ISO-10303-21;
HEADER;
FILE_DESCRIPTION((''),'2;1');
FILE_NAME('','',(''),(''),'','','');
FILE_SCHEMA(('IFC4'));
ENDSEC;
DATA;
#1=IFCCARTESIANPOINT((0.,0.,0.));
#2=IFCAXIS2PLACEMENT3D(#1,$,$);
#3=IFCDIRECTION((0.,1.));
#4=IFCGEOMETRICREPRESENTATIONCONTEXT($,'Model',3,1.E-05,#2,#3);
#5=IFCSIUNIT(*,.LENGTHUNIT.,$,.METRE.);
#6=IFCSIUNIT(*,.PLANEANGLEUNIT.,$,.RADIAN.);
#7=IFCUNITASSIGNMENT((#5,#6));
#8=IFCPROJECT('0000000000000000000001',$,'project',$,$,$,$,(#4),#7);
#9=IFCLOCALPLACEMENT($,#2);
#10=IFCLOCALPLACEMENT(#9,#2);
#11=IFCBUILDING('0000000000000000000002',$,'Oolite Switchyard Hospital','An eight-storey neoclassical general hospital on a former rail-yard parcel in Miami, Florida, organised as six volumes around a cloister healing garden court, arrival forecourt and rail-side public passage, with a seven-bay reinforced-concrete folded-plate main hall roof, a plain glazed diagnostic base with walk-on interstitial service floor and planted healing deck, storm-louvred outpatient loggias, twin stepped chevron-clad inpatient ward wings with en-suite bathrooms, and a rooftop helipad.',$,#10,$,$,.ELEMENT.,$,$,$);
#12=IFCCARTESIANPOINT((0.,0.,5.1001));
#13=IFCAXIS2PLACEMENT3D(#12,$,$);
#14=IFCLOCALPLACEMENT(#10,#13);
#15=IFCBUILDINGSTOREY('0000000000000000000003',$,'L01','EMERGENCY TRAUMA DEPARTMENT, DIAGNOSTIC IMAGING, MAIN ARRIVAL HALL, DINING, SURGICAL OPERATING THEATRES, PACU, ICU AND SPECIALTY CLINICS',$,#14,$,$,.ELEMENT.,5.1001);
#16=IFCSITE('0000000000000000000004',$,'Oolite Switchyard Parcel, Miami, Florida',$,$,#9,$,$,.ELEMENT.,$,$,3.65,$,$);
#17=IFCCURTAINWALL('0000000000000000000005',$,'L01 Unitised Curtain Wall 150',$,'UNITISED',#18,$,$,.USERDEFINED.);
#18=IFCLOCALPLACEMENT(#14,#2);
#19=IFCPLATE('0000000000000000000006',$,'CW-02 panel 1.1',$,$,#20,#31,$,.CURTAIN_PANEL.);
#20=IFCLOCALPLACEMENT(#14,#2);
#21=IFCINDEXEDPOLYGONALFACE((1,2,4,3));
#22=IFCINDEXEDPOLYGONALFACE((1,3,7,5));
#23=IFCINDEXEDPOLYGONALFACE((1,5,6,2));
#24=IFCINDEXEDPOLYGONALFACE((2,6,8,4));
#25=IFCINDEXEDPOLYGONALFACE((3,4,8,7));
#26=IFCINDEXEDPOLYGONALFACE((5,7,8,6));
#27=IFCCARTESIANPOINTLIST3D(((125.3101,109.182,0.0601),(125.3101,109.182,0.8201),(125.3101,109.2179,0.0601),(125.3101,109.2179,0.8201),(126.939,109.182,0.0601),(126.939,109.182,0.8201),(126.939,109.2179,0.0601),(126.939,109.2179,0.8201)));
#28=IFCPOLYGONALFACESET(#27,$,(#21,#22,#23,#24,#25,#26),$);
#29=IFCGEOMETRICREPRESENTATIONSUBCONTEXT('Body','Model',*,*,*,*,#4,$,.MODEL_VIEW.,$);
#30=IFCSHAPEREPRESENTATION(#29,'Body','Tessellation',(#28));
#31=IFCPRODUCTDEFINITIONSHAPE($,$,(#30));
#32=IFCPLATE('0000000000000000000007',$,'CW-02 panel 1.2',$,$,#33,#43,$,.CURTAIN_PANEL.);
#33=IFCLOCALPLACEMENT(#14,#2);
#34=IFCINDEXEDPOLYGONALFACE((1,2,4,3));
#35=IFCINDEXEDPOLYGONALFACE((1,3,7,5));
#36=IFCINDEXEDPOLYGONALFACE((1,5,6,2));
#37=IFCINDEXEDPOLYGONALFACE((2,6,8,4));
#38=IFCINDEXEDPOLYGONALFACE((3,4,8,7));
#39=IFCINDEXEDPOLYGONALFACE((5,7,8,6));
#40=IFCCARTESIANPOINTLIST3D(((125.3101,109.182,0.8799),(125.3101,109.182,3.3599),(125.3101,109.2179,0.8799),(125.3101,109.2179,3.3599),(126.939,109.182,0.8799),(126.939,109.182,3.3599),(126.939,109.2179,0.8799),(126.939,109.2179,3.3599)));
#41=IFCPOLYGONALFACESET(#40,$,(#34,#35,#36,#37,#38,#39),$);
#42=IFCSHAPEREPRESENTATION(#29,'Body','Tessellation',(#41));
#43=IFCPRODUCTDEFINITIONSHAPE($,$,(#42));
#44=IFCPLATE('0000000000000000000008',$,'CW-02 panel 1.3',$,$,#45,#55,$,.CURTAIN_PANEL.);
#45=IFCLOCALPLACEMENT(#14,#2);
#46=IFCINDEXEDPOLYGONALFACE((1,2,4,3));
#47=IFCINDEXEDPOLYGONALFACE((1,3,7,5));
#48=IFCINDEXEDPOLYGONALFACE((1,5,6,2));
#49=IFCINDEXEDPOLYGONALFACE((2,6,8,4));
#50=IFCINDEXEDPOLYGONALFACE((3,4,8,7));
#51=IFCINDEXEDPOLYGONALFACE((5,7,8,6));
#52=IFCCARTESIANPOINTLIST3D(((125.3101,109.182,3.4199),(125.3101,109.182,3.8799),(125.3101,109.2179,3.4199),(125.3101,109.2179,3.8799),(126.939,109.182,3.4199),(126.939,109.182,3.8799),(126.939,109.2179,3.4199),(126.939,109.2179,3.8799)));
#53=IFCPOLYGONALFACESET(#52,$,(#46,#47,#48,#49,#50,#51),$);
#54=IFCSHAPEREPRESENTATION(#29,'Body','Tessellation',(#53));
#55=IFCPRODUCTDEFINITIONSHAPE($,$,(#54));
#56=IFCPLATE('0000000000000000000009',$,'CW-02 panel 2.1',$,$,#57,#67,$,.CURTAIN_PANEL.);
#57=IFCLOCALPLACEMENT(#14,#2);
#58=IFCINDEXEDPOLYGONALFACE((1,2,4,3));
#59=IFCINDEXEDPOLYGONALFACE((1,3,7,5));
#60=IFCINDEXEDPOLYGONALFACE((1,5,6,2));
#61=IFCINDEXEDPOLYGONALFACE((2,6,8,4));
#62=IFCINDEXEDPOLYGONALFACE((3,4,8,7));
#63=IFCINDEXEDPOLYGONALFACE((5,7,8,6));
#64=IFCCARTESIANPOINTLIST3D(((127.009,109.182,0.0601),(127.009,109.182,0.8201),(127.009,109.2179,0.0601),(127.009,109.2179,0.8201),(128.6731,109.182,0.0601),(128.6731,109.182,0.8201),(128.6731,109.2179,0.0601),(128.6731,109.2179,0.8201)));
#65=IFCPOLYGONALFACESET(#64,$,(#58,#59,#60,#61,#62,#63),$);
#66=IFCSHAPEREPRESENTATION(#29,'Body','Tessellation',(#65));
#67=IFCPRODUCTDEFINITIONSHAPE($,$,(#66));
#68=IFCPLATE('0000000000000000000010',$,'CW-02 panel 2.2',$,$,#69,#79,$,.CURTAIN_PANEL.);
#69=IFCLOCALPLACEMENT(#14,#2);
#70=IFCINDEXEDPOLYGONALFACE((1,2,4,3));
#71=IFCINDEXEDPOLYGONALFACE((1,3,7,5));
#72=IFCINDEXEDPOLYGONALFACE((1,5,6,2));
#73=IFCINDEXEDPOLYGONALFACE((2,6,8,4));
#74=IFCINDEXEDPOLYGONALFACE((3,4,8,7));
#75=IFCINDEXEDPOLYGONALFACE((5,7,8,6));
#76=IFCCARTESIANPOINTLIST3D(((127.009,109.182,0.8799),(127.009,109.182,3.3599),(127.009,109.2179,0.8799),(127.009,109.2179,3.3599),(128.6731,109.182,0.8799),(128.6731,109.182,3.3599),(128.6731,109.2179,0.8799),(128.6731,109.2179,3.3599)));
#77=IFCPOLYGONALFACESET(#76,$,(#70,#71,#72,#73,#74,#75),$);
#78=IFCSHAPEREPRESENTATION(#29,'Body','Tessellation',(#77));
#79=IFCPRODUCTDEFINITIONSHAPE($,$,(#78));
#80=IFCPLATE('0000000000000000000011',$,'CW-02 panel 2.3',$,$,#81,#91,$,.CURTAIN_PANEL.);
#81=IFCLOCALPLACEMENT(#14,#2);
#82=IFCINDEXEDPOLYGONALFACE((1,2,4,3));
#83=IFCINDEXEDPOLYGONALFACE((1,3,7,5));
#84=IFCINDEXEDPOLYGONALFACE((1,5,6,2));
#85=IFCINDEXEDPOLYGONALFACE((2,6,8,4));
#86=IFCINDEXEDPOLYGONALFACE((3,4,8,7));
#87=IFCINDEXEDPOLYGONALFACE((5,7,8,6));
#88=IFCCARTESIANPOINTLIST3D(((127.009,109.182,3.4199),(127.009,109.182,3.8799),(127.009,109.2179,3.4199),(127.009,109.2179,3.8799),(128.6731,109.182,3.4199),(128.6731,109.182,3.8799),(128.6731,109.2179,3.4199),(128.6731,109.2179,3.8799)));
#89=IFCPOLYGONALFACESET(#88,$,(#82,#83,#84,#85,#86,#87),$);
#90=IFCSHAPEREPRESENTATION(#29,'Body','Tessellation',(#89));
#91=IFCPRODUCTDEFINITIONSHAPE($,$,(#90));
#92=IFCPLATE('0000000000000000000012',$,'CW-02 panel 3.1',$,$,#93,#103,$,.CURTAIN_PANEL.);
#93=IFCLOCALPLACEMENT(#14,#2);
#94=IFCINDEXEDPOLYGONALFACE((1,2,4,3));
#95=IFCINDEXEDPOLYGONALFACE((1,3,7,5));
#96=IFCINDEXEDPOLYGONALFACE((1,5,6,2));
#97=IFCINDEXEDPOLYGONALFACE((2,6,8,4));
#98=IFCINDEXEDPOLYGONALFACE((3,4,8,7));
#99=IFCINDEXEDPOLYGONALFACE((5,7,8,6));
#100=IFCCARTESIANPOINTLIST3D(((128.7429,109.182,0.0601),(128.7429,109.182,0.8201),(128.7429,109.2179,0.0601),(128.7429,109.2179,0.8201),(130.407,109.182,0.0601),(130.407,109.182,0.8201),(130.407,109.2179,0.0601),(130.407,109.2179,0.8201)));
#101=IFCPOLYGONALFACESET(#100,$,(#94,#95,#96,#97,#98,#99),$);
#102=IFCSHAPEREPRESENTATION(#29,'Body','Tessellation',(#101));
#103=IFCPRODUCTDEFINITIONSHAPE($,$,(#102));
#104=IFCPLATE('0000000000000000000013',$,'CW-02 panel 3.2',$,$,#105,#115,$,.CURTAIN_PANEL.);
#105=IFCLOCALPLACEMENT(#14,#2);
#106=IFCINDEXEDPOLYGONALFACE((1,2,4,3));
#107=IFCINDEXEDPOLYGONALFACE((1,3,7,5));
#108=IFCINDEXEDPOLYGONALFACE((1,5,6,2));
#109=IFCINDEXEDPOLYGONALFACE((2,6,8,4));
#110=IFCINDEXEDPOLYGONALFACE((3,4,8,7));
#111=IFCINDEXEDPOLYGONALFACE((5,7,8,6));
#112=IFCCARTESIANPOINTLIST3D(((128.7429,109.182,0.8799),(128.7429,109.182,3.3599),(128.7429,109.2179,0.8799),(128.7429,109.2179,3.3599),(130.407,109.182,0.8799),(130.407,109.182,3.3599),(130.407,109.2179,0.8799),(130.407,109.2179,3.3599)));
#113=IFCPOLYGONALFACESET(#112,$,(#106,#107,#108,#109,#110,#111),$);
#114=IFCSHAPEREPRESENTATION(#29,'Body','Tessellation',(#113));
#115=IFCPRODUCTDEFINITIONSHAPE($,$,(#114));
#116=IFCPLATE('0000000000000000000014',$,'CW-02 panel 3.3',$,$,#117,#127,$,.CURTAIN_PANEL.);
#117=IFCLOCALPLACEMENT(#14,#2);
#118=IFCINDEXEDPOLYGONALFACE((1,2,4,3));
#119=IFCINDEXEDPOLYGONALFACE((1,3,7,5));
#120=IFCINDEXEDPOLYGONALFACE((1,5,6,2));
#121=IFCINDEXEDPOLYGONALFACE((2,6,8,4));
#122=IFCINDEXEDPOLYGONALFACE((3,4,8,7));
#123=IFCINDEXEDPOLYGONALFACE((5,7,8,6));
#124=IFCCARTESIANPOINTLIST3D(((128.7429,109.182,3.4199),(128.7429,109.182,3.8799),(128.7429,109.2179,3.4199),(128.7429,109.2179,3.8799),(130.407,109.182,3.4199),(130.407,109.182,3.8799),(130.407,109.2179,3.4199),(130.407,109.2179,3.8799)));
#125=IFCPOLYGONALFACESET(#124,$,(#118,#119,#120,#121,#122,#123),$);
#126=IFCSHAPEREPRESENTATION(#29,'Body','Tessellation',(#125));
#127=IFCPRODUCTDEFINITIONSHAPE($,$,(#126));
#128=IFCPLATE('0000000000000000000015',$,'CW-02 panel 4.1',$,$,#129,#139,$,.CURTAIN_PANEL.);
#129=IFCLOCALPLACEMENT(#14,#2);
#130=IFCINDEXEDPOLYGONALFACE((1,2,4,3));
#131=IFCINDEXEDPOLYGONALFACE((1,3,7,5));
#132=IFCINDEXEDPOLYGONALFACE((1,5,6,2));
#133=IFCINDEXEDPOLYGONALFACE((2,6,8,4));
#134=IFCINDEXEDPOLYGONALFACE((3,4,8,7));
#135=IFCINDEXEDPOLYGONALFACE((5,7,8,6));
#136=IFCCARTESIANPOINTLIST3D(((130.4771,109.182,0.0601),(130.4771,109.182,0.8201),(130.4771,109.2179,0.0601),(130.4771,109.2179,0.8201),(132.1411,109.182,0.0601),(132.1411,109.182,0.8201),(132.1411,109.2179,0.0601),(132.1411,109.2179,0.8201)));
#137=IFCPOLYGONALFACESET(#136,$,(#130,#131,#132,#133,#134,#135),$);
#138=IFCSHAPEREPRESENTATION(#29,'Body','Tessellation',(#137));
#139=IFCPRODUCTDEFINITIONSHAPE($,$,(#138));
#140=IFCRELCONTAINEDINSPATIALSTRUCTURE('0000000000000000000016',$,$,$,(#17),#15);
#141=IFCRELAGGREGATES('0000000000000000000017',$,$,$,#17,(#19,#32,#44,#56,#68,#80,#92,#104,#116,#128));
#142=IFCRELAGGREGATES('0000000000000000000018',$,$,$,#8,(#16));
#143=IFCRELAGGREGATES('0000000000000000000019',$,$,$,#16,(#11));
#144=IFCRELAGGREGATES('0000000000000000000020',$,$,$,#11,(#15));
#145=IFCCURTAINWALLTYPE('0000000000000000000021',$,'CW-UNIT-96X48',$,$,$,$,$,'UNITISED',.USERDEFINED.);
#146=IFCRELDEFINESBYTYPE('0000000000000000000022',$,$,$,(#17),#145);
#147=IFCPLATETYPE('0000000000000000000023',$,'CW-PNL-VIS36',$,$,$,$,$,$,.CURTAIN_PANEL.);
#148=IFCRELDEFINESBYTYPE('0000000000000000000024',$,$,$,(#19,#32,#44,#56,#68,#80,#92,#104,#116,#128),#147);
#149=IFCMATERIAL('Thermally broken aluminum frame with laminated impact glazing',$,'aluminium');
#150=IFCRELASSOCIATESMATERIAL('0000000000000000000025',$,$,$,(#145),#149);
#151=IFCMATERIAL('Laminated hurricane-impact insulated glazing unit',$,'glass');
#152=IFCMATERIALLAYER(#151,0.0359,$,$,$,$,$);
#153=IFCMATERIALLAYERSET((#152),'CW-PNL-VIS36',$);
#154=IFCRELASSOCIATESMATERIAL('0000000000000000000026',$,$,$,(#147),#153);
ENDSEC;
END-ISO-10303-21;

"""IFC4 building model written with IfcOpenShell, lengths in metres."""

from ifc_helpers import new_model, si_unit, direction, frame, origin, origin_2d, place, context, subcontext, project, spatial, rectangle, extrude, material, layer, layer_set, type_object, element, aggregate, save


model = new_model("IFC4")

# Units and contexts
model_context = context("Model", 3, precision=1e-05, world=origin(), true_north=direction((0.0, 1.0)))
body_context = subcontext(model_context, "Body", "Model", "MODEL_VIEW")
ifc_project = project(units=[si_unit("LENGTHUNIT", "METRE"), si_unit("PLANEANGLEUNIT", "RADIAN")], contexts=[model_context])

# Site, building, storey
site_placement = place(None, origin())
site = spatial("IfcSite", under=ifc_project, at=site_placement, Name="Oolite Switchyard Parcel, Miami, Florida", CompositionType="ELEMENT", RefElevation=3.65)
building_placement = place(site_placement, origin())
building = spatial("IfcBuilding", under=site, at=building_placement, Name="Oolite Switchyard Hospital", Description="An eight-storey neoclassical general hospital on a former rail-yard parcel in Miami, Florida, organised as six volumes around a cloister healing garden court, arrival forecourt and rail-side public passage, with a seven-bay reinforced-concrete folded-plate main hall roof, a plain glazed diagnostic base with walk-on interstitial service floor and planted healing deck, storm-louvred outpatient loggias, twin stepped chevron-clad inpatient ward wings with en-suite bathrooms, and a rooftop helipad.", CompositionType="ELEMENT")
storey_placement = place(building_placement, frame((0.0, 0.0, 5.1001)))
storey = spatial("IfcBuildingStorey", under=building, at=storey_placement, Name="L01", Description="EMERGENCY TRAUMA DEPARTMENT, DIAGNOSTIC IMAGING, MAIN ARRIVAL HALL, DINING, SURGICAL OPERATING THEATRES, PACU, ICU AND SPECIALTY CLINICS", CompositionType="ELEMENT", Elevation=5.1001)

# Curtain wall, plates
ifc_material_1 = material(Name="Thermally broken aluminum frame with laminated impact glazing", Category="aluminium")
curtain_wall_type = type_object("IfcCurtainWallType", Name="CW-UNIT-96X48", ElementType="UNITISED", PredefinedType="USERDEFINED", material=ifc_material_1)
curtain_wall_placement = place(storey_placement, origin())
curtain_wall = element("IfcCurtainWall", 1, at=curtain_wall_placement, inside=storey, type_object=curtain_wall_type, Name="L01 Unitised Curtain Wall 150", ObjectType="UNITISED", PredefinedType="USERDEFINED")
ifc_material_2 = material(Name="Laminated hurricane-impact insulated glazing unit", Category="glass")
ifc_layer = layer(ifc_material_2, 0.0359)
ifc_layer_set = layer_set([ifc_layer], Name="CW-PNL-VIS36")
plate_type = type_object("IfcPlateType", Name="CW-PNL-VIS36", PredefinedType="CURTAIN_PANEL", material=ifc_layer_set)
plate_1_placement = place(storey_placement, frame((126.1245, 109.2, 0.0601), z_axis=(0.0, 0.0, 1.0), x_axis=(1.0, 0.0, 0.0)))
plate_1 = element("IfcPlate", 2, at=plate_1_placement, type_object=plate_type, Name="CW-02 panel 1.1", PredefinedType="CURTAIN_PANEL", context=body_context, shape_type="SweptSolid", body=[
    extrude(rectangle(XDim=1.6289, YDim=0.0359, at=origin_2d()), origin(), (0.0, 0.0, 1.0), 0.76),
])
plate_2_placement = place(storey_placement, frame((126.1245, 109.2, 0.8799), z_axis=(0.0, 0.0, 1.0), x_axis=(1.0, 0.0, 0.0)))
plate_2 = element("IfcPlate", 3, at=plate_2_placement, type_object=plate_type, Name="CW-02 panel 1.2", PredefinedType="CURTAIN_PANEL", context=body_context, shape_type="SweptSolid", body=[
    extrude(rectangle(XDim=1.6289, YDim=0.0359, at=origin_2d()), origin(), (0.0, 0.0, 1.0), 2.48),
])
plate_3_placement = place(storey_placement, frame((126.1245, 109.2, 3.4199), z_axis=(0.0, 0.0, 1.0), x_axis=(1.0, 0.0, 0.0)))
plate_3 = element("IfcPlate", 4, at=plate_3_placement, type_object=plate_type, Name="CW-02 panel 1.3", PredefinedType="CURTAIN_PANEL", context=body_context, shape_type="SweptSolid", body=[
    extrude(rectangle(XDim=1.6289, YDim=0.0359, at=origin_2d()), origin(), (0.0, 0.0, 1.0), 0.46),
])
plate_4_placement = place(storey_placement, frame((127.8411, 109.2, 0.0601), z_axis=(0.0, 0.0, 1.0), x_axis=(1.0, 0.0, 0.0)))
plate_4 = element("IfcPlate", 5, at=plate_4_placement, type_object=plate_type, Name="CW-02 panel 2.1", PredefinedType="CURTAIN_PANEL", context=body_context, shape_type="SweptSolid", body=[
    extrude(rectangle(XDim=1.6641, YDim=0.0359, at=origin_2d()), origin(), (0.0, 0.0, 1.0), 0.76),
])
plate_5_placement = place(storey_placement, frame((127.8411, 109.2, 0.8799), z_axis=(0.0, 0.0, 1.0), x_axis=(1.0, 0.0, 0.0)))
plate_5 = element("IfcPlate", 6, at=plate_5_placement, type_object=plate_type, Name="CW-02 panel 2.2", PredefinedType="CURTAIN_PANEL", context=body_context, shape_type="SweptSolid", body=[
    extrude(rectangle(XDim=1.6641, YDim=0.0359, at=origin_2d()), origin(), (0.0, 0.0, 1.0), 2.48),
])
plate_6_placement = place(storey_placement, frame((127.8411, 109.2, 3.4199), z_axis=(0.0, 0.0, 1.0), x_axis=(1.0, 0.0, 0.0)))
plate_6 = element("IfcPlate", 7, at=plate_6_placement, type_object=plate_type, Name="CW-02 panel 2.3", PredefinedType="CURTAIN_PANEL", context=body_context, shape_type="SweptSolid", body=[
    extrude(rectangle(XDim=1.6641, YDim=0.0359, at=origin_2d()), origin(), (0.0, 0.0, 1.0), 0.46),
])
plate_7_placement = place(storey_placement, frame((129.575, 109.2, 0.0601), z_axis=(0.0, 0.0, 1.0), x_axis=(1.0, 0.0, 0.0)))
plate_7 = element("IfcPlate", 8, at=plate_7_placement, type_object=plate_type, Name="CW-02 panel 3.1", PredefinedType="CURTAIN_PANEL", context=body_context, shape_type="SweptSolid", body=[
    extrude(rectangle(XDim=1.6641, YDim=0.0359, at=origin_2d()), origin(), (0.0, 0.0, 1.0), 0.76),
])
plate_8_placement = place(storey_placement, frame((129.575, 109.2, 0.8799), z_axis=(0.0, 0.0, 1.0), x_axis=(1.0, 0.0, 0.0)))
plate_8 = element("IfcPlate", 9, at=plate_8_placement, type_object=plate_type, Name="CW-02 panel 3.2", PredefinedType="CURTAIN_PANEL", context=body_context, shape_type="SweptSolid", body=[
    extrude(rectangle(XDim=1.6641, YDim=0.0359, at=origin_2d()), origin(), (0.0, 0.0, 1.0), 2.48),
])
plate_9_placement = place(storey_placement, frame((129.575, 109.2, 3.4199), z_axis=(0.0, 0.0, 1.0), x_axis=(1.0, 0.0, 0.0)))
plate_9 = element("IfcPlate", 10, at=plate_9_placement, type_object=plate_type, Name="CW-02 panel 3.3", PredefinedType="CURTAIN_PANEL", context=body_context, shape_type="SweptSolid", body=[
    extrude(rectangle(XDim=1.6641, YDim=0.0359, at=origin_2d()), origin(), (0.0, 0.0, 1.0), 0.46),
])
plate_10_placement = place(storey_placement, frame((131.3091, 109.2, 0.0601), z_axis=(0.0, 0.0, 1.0), x_axis=(1.0, 0.0, 0.0)))
plate_10 = element("IfcPlate", 11, at=plate_10_placement, type_object=plate_type, Name="CW-02 panel 4.1", PredefinedType="CURTAIN_PANEL", context=body_context, shape_type="SweptSolid", body=[
    extrude(rectangle(XDim=1.6641, YDim=0.0359, at=origin_2d()), origin(), (0.0, 0.0, 1.0), 0.76),
])
aggregate(curtain_wall, [plate_1, plate_2, plate_3, plate_4, plate_5, plate_6, plate_7, plate_8, plate_9, plate_10])

save(model, "model.ifc")
